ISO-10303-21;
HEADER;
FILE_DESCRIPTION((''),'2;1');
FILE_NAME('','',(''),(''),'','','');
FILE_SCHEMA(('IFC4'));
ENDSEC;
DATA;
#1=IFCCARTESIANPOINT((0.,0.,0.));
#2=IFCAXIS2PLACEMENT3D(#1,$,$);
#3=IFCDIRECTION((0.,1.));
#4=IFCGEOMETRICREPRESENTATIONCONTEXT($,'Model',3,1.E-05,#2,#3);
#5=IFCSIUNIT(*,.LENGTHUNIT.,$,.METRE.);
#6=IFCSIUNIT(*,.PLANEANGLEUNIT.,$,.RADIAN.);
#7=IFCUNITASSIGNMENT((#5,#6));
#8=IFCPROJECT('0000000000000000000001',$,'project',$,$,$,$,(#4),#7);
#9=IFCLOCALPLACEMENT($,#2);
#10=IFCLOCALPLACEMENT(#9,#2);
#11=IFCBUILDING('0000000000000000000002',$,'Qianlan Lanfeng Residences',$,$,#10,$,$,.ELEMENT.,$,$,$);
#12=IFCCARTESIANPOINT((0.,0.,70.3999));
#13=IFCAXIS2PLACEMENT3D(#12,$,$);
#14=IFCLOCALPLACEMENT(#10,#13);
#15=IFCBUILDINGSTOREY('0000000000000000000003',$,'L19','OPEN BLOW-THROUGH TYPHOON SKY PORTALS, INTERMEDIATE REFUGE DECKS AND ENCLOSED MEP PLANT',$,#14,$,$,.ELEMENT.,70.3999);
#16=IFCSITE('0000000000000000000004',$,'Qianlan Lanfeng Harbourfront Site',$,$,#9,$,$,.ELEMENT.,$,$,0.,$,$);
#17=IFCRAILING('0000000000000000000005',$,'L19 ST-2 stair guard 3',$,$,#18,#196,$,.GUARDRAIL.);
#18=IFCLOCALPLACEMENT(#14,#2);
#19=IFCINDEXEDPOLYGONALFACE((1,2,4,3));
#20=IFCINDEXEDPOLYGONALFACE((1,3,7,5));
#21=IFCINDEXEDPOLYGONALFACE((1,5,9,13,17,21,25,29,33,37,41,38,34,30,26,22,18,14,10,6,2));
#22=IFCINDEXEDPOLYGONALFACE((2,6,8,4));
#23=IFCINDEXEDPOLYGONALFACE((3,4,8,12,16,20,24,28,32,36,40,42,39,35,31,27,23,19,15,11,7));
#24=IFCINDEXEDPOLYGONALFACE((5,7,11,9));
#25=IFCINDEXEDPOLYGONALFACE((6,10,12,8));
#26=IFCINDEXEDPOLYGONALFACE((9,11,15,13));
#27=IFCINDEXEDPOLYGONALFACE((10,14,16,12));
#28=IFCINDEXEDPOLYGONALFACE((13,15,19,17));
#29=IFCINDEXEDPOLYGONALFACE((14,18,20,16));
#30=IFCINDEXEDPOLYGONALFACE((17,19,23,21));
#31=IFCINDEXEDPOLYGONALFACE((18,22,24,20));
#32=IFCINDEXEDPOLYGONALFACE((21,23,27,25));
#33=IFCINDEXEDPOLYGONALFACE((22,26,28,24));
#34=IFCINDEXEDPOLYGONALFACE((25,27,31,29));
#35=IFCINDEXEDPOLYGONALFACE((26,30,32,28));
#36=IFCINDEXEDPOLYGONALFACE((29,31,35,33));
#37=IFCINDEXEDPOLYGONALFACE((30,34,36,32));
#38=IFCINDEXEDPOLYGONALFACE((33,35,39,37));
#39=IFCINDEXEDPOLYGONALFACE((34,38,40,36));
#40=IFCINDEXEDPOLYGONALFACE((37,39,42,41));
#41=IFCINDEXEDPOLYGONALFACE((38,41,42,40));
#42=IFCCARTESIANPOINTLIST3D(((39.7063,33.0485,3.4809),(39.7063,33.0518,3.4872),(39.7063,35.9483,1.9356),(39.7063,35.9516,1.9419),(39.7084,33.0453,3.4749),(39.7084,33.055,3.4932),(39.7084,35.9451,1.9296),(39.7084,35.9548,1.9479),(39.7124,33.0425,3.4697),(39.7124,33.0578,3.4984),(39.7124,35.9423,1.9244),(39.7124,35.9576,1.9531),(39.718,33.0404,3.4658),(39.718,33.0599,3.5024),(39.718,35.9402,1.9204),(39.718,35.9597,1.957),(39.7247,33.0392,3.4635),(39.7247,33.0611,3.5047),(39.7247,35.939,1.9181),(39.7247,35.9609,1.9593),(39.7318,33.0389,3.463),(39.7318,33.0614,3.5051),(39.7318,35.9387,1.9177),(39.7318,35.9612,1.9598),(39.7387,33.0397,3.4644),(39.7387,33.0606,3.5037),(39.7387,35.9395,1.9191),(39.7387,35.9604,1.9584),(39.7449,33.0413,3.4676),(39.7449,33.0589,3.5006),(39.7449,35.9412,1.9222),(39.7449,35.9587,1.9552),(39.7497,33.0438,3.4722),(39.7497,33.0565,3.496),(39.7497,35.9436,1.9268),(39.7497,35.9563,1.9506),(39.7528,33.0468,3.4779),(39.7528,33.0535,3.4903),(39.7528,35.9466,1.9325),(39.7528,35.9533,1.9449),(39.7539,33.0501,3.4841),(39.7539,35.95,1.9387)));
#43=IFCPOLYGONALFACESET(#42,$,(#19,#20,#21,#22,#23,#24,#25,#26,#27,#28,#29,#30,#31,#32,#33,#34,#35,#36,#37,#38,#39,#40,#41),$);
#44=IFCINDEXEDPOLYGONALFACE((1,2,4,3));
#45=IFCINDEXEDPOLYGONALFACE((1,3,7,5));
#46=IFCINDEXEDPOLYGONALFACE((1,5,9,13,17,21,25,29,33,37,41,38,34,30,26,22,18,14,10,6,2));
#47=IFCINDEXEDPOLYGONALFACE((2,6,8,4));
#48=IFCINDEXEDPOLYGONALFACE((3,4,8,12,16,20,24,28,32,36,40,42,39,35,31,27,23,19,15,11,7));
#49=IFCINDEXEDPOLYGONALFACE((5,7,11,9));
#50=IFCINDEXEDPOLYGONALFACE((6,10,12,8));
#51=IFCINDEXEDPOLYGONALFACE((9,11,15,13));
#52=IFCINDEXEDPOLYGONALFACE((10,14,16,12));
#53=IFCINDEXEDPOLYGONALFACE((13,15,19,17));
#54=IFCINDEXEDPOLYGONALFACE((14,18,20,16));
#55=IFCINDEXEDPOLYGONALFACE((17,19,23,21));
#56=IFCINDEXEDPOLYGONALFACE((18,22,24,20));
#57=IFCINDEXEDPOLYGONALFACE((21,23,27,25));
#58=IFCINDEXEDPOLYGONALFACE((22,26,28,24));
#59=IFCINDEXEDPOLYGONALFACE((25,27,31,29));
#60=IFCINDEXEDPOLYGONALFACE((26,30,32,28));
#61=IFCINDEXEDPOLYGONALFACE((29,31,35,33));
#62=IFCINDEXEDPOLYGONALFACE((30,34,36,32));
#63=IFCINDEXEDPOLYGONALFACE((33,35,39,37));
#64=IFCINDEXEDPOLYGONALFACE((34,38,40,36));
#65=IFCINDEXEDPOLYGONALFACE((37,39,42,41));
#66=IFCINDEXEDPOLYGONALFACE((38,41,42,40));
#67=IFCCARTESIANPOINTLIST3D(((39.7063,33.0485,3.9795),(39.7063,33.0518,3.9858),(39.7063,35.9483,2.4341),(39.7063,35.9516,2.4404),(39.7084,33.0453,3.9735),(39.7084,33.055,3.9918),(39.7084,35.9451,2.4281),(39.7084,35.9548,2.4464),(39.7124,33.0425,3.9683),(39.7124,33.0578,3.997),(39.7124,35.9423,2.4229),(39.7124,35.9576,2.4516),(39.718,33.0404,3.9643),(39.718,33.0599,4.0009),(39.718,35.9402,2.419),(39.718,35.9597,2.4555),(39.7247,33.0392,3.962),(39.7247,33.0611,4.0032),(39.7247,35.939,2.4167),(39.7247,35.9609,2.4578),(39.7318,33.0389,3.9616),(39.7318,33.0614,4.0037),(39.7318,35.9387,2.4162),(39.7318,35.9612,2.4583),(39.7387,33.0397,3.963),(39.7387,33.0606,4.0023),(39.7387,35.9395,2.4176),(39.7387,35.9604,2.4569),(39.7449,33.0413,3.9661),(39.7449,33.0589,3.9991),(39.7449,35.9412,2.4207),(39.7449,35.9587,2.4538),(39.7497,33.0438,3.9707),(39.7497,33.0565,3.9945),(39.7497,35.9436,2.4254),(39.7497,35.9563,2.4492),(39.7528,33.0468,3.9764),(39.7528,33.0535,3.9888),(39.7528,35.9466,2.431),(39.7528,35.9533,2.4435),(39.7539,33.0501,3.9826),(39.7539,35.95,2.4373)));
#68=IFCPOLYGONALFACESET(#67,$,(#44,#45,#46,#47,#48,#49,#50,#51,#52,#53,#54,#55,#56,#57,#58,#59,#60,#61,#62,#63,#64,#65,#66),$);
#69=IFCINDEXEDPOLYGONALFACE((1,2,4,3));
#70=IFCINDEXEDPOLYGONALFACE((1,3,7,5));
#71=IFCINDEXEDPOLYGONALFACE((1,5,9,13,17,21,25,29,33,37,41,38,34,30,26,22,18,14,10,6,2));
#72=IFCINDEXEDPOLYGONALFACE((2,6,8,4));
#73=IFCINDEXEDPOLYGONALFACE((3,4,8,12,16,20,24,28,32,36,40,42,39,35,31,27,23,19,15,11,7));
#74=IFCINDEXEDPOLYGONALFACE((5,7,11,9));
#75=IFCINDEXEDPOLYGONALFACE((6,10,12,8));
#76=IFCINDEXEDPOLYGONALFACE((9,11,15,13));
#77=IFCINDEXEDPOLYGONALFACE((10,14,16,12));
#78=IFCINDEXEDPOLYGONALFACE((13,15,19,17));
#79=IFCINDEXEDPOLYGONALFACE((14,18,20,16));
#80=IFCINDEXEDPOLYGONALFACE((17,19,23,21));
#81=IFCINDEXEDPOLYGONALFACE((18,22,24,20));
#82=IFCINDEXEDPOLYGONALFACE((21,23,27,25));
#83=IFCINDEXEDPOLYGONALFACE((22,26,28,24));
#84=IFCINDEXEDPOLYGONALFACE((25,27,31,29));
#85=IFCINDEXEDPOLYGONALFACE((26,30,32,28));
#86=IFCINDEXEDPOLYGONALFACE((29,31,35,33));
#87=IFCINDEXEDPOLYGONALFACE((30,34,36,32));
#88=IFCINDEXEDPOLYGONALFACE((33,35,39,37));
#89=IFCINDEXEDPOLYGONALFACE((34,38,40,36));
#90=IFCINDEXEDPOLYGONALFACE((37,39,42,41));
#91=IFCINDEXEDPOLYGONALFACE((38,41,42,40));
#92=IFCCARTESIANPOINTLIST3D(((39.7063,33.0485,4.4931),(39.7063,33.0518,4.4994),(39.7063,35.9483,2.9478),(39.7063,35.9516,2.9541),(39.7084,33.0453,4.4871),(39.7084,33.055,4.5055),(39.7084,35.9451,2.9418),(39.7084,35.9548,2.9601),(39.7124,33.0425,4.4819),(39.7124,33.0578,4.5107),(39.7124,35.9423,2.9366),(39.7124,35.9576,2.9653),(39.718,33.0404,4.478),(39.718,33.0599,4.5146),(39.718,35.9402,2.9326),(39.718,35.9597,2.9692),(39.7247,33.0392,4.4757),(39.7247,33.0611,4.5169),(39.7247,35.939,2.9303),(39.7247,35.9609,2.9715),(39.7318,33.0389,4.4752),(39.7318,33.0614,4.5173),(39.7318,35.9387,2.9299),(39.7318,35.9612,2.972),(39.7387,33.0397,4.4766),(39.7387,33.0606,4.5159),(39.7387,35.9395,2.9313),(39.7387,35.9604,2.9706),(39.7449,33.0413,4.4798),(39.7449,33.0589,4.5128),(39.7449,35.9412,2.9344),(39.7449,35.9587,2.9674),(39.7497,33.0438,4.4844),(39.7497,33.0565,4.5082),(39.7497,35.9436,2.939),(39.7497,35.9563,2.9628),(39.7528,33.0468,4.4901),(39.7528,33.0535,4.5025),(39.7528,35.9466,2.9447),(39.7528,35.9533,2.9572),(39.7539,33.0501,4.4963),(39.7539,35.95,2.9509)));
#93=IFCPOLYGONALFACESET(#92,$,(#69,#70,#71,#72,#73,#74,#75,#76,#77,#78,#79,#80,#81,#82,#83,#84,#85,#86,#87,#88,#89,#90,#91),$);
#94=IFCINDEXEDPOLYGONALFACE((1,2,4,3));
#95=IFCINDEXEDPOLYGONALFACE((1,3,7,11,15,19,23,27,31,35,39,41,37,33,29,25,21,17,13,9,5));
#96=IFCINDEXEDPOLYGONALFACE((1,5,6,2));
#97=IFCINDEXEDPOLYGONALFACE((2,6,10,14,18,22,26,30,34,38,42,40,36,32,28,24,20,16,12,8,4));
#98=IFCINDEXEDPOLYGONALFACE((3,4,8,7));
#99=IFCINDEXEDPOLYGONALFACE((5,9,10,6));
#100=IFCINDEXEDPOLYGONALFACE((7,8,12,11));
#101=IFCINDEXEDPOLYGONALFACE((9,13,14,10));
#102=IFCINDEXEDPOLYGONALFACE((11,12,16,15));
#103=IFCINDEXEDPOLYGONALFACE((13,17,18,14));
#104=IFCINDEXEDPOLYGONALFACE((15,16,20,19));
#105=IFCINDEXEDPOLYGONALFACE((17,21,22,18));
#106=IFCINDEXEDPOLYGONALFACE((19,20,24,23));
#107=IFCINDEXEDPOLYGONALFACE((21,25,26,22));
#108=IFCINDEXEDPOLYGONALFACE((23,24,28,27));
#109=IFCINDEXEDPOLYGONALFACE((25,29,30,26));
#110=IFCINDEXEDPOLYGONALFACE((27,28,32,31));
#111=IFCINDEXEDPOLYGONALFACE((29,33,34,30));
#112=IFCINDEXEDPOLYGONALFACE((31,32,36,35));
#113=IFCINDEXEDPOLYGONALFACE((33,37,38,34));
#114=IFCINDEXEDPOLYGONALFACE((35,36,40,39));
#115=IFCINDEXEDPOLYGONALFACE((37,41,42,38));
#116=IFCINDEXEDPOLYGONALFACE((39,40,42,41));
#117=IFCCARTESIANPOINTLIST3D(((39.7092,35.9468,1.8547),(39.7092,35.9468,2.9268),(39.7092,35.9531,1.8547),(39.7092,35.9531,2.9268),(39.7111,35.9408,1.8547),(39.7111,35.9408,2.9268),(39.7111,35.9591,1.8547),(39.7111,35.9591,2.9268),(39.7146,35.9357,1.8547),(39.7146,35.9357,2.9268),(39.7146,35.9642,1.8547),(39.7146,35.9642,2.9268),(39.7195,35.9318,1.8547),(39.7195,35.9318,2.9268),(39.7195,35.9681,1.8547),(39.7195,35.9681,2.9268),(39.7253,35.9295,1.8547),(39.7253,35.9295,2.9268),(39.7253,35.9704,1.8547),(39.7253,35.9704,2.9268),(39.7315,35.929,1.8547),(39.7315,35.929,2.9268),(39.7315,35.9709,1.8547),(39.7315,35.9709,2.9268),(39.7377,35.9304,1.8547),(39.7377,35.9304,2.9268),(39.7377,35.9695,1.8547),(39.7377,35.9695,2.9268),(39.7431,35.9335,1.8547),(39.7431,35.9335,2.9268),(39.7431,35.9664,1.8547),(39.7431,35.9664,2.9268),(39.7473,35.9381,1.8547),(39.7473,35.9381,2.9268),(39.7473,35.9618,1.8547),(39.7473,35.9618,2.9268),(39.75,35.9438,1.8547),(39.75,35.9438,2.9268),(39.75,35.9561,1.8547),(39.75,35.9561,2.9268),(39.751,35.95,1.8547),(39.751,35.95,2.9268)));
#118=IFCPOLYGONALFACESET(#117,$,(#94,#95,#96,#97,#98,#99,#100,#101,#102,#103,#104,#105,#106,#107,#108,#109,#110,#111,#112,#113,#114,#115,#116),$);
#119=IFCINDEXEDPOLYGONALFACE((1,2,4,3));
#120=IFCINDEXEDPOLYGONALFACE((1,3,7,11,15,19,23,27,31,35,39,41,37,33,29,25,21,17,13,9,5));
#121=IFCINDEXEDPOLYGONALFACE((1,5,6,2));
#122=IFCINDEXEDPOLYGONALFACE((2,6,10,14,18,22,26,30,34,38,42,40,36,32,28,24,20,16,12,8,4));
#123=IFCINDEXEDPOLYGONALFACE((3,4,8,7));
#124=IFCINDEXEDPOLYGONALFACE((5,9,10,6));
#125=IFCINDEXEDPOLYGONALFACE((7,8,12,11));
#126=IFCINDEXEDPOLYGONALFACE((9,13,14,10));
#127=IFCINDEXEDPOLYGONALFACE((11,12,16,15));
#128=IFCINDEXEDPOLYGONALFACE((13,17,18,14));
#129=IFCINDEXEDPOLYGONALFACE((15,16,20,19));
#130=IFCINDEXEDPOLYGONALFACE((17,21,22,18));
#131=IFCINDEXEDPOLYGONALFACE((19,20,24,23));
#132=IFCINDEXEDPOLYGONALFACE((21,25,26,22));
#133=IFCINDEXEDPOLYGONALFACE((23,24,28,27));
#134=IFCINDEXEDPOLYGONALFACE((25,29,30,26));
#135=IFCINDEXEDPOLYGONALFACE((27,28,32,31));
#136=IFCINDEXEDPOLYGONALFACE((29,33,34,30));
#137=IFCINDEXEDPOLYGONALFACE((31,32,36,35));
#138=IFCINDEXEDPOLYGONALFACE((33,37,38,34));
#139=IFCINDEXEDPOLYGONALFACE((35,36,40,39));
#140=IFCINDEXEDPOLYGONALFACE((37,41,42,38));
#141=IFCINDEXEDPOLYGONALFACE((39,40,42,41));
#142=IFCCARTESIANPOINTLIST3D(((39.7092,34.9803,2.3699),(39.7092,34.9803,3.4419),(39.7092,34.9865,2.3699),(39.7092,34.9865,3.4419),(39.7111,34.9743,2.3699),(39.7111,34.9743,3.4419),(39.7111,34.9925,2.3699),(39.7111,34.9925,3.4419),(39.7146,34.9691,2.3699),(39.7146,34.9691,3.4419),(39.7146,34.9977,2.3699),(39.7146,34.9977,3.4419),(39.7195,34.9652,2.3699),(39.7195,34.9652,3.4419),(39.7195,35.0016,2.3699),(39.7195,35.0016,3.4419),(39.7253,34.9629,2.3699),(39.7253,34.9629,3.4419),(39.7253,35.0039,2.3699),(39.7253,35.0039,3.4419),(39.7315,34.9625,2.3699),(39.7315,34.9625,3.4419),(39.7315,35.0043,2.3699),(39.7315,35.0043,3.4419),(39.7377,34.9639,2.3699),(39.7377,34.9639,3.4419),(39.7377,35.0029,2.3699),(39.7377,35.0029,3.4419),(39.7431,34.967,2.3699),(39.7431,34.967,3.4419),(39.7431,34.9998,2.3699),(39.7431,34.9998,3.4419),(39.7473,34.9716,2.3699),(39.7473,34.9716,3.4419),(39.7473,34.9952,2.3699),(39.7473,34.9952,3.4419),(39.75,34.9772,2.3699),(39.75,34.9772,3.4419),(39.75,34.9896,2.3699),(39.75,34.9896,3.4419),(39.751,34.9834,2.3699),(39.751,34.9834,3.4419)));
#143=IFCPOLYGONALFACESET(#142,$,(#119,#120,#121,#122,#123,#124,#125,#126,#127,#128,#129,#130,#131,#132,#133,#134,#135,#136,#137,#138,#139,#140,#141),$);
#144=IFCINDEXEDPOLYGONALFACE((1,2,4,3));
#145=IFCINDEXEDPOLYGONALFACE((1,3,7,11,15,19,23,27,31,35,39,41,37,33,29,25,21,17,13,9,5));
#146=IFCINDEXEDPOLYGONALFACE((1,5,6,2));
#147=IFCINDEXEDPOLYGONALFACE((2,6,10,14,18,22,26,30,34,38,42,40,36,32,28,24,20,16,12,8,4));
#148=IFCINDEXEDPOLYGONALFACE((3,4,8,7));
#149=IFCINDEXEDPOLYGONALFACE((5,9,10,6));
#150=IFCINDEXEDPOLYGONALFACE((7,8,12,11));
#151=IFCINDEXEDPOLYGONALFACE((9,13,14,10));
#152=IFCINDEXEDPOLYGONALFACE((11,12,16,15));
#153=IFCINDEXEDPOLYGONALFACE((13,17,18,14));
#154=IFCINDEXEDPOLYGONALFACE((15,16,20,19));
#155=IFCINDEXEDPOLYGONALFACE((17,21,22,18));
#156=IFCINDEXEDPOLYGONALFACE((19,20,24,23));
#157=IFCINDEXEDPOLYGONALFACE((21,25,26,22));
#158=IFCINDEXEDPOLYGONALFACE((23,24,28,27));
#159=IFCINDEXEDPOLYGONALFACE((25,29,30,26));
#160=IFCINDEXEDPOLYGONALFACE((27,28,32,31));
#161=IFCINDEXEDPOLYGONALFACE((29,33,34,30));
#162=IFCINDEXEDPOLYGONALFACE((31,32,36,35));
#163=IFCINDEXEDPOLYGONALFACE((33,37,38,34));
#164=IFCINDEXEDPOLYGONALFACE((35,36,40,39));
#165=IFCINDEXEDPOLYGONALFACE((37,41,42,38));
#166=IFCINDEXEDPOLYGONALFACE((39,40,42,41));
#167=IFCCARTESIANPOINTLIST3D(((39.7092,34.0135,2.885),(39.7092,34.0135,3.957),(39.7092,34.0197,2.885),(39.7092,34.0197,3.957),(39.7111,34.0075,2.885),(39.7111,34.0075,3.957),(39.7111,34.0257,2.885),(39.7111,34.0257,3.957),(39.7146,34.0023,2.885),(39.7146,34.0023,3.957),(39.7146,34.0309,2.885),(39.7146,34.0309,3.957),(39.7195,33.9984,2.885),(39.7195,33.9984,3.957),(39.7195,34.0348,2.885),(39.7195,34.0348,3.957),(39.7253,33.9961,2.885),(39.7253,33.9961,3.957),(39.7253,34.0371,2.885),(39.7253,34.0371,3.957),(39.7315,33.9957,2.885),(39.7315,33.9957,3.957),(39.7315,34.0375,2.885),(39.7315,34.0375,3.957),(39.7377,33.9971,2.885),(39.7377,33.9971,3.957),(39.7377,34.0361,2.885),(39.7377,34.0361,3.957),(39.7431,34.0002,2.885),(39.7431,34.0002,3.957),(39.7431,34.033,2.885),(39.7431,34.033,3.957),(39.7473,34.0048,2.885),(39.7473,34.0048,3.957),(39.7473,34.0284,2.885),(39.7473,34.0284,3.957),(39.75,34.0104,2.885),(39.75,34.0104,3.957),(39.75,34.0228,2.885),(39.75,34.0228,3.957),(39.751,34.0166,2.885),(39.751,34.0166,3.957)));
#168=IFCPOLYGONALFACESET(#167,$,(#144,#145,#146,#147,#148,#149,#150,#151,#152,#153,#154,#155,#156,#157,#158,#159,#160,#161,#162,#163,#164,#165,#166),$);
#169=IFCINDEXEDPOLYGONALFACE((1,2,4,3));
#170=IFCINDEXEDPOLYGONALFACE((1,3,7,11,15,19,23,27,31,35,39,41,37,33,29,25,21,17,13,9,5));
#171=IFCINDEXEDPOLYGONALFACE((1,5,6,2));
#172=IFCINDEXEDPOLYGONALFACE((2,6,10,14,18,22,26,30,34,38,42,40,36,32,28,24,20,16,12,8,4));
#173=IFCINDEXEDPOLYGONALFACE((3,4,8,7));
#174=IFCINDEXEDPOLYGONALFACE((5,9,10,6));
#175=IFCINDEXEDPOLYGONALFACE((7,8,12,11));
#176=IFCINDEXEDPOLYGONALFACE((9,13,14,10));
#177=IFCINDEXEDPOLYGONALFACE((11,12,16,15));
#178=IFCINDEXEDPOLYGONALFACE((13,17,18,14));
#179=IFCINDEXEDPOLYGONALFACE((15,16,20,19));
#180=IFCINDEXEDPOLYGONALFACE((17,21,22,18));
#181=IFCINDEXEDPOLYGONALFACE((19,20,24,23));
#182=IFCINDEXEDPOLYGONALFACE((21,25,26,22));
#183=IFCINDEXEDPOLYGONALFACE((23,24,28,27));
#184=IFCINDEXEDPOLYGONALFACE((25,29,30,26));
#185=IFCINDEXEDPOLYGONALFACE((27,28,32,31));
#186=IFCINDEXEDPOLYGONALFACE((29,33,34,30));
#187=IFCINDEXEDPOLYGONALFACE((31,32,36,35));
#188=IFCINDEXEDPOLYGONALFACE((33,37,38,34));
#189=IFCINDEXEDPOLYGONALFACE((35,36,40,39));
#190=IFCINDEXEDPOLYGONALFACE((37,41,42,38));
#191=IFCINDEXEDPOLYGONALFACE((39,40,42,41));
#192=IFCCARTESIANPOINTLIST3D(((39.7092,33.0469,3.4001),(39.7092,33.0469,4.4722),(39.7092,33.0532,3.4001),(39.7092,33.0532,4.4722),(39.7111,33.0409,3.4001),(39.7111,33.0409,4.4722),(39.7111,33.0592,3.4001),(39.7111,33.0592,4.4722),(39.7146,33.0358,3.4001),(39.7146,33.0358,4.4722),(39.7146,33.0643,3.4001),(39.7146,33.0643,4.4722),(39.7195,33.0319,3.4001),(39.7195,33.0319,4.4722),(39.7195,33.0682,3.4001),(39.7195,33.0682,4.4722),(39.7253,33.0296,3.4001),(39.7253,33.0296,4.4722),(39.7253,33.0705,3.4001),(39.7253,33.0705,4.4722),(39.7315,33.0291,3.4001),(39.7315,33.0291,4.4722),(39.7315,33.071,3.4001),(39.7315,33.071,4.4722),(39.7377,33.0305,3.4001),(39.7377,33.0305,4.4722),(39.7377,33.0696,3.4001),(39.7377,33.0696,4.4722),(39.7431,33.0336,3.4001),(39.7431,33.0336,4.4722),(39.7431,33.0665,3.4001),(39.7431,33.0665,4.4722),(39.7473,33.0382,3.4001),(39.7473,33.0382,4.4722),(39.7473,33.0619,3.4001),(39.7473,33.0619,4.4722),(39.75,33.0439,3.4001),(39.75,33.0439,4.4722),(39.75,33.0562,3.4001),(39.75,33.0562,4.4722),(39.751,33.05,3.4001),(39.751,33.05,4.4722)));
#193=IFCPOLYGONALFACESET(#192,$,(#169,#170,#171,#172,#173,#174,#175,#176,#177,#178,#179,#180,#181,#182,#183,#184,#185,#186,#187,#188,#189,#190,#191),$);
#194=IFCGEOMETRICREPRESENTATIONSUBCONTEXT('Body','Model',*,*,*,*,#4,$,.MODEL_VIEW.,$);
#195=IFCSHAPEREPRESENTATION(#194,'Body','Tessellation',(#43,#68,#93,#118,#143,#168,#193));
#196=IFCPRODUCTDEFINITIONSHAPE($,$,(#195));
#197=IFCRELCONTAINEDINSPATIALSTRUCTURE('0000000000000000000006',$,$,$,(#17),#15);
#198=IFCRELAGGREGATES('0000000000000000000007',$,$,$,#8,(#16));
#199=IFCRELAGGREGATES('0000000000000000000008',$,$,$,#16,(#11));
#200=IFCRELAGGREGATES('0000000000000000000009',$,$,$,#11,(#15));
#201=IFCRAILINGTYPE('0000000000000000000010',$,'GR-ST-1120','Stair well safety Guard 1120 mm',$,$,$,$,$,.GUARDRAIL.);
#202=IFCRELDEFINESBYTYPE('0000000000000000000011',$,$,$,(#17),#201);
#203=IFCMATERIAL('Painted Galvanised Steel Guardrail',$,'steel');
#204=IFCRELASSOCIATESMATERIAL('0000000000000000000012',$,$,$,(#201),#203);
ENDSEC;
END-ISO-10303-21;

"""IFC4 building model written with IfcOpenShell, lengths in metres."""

from ifc_helpers import new_model, si_unit, direction, frame, origin, origin_2d, place, context, subcontext, project, spatial, circle, extrude, material, type_object, element, save


model = new_model("IFC4")

# Units and contexts
model_context = context("Model", 3, precision=1e-05, world=origin(), true_north=direction((0.0, 1.0)))
body_context = subcontext(model_context, "Body", "Model", "MODEL_VIEW")
ifc_project = project(units=[si_unit("LENGTHUNIT", "METRE"), si_unit("PLANEANGLEUNIT", "RADIAN")], contexts=[model_context])

# Site, building, storey
site_placement = place(None, origin())
site = spatial("IfcSite", under=ifc_project, at=site_placement, Name="Qianlan Lanfeng Harbourfront Site", CompositionType="ELEMENT", RefElevation=0.0)
building_placement = place(site_placement, origin())
building = spatial("IfcBuilding", under=site, at=building_placement, Name="Qianlan Lanfeng Residences", CompositionType="ELEMENT")
storey_placement = place(building_placement, frame((0.0, 0.0, 70.3999)))
storey = spatial("IfcBuildingStorey", under=building, at=storey_placement, Name="L19", Description="OPEN BLOW-THROUGH TYPHOON SKY PORTALS, INTERMEDIATE REFUGE DECKS AND ENCLOSED MEP PLANT", CompositionType="ELEMENT", Elevation=70.3999)

# Railing
ifc_material_1 = material(Name="Painted Galvanised Steel Guardrail", Category="steel")
railing_type_1 = type_object("IfcRailingType", Name="GR-ST-1120", Description="Stair well safety Guard 1120 mm", PredefinedType="GUARDRAIL", material=ifc_material_1)
railing_placement = place(storey_placement, frame((39.73, 35.95, 1.8547)))
element("IfcRailing", 1, at=railing_placement, inside=storey, type_object=railing_type_1, Name="L19 ST-2 stair guard 3", PredefinedType="GUARDRAIL", context=body_context, shape_type="SweptSolid", body=[
    extrude(circle(Radius=0.0239, at=origin_2d()), frame((0.0, 0.0, 0.084), z_axis=(0.0, -0.882505, 0.470303), x_axis=(1.0, 0.0, 0.0)), (0.0, 0.0, 1.0), 3.2859),
    extrude(circle(Radius=0.0239, at=origin_2d()), frame((0.0, 0.0, 0.5825), z_axis=(0.0, -0.882505, 0.470303), x_axis=(1.0, 0.0, 0.0)), (0.0, 0.0, 1.0), 3.2859),
    extrude(circle(Radius=0.0239, at=origin_2d()), frame((0.0, 0.0, 1.0962), z_axis=(0.0, -0.882505, 0.470303), x_axis=(1.0, 0.0, 0.0)), (0.0, 0.0, 1.0), 3.2859),
    extrude(circle(Radius=0.021, at=origin_2d()), origin(), (0.0, 0.0, 1.0), 1.072),
    extrude(circle(Radius=0.021, at=origin_2d()), frame((0.0, -0.9666, 0.5151)), (0.0, 0.0, 1.0), 1.072),
    extrude(circle(Radius=0.021, at=origin_2d()), frame((0.0, -1.9333, 1.0303)), (0.0, 0.0, 1.0), 1.072),
    extrude(circle(Radius=0.021, at=origin_2d()), frame((0.0, -2.8999, 1.5454)), (0.0, 0.0, 1.0), 1.072),
])

save(model, "model.ifc")
